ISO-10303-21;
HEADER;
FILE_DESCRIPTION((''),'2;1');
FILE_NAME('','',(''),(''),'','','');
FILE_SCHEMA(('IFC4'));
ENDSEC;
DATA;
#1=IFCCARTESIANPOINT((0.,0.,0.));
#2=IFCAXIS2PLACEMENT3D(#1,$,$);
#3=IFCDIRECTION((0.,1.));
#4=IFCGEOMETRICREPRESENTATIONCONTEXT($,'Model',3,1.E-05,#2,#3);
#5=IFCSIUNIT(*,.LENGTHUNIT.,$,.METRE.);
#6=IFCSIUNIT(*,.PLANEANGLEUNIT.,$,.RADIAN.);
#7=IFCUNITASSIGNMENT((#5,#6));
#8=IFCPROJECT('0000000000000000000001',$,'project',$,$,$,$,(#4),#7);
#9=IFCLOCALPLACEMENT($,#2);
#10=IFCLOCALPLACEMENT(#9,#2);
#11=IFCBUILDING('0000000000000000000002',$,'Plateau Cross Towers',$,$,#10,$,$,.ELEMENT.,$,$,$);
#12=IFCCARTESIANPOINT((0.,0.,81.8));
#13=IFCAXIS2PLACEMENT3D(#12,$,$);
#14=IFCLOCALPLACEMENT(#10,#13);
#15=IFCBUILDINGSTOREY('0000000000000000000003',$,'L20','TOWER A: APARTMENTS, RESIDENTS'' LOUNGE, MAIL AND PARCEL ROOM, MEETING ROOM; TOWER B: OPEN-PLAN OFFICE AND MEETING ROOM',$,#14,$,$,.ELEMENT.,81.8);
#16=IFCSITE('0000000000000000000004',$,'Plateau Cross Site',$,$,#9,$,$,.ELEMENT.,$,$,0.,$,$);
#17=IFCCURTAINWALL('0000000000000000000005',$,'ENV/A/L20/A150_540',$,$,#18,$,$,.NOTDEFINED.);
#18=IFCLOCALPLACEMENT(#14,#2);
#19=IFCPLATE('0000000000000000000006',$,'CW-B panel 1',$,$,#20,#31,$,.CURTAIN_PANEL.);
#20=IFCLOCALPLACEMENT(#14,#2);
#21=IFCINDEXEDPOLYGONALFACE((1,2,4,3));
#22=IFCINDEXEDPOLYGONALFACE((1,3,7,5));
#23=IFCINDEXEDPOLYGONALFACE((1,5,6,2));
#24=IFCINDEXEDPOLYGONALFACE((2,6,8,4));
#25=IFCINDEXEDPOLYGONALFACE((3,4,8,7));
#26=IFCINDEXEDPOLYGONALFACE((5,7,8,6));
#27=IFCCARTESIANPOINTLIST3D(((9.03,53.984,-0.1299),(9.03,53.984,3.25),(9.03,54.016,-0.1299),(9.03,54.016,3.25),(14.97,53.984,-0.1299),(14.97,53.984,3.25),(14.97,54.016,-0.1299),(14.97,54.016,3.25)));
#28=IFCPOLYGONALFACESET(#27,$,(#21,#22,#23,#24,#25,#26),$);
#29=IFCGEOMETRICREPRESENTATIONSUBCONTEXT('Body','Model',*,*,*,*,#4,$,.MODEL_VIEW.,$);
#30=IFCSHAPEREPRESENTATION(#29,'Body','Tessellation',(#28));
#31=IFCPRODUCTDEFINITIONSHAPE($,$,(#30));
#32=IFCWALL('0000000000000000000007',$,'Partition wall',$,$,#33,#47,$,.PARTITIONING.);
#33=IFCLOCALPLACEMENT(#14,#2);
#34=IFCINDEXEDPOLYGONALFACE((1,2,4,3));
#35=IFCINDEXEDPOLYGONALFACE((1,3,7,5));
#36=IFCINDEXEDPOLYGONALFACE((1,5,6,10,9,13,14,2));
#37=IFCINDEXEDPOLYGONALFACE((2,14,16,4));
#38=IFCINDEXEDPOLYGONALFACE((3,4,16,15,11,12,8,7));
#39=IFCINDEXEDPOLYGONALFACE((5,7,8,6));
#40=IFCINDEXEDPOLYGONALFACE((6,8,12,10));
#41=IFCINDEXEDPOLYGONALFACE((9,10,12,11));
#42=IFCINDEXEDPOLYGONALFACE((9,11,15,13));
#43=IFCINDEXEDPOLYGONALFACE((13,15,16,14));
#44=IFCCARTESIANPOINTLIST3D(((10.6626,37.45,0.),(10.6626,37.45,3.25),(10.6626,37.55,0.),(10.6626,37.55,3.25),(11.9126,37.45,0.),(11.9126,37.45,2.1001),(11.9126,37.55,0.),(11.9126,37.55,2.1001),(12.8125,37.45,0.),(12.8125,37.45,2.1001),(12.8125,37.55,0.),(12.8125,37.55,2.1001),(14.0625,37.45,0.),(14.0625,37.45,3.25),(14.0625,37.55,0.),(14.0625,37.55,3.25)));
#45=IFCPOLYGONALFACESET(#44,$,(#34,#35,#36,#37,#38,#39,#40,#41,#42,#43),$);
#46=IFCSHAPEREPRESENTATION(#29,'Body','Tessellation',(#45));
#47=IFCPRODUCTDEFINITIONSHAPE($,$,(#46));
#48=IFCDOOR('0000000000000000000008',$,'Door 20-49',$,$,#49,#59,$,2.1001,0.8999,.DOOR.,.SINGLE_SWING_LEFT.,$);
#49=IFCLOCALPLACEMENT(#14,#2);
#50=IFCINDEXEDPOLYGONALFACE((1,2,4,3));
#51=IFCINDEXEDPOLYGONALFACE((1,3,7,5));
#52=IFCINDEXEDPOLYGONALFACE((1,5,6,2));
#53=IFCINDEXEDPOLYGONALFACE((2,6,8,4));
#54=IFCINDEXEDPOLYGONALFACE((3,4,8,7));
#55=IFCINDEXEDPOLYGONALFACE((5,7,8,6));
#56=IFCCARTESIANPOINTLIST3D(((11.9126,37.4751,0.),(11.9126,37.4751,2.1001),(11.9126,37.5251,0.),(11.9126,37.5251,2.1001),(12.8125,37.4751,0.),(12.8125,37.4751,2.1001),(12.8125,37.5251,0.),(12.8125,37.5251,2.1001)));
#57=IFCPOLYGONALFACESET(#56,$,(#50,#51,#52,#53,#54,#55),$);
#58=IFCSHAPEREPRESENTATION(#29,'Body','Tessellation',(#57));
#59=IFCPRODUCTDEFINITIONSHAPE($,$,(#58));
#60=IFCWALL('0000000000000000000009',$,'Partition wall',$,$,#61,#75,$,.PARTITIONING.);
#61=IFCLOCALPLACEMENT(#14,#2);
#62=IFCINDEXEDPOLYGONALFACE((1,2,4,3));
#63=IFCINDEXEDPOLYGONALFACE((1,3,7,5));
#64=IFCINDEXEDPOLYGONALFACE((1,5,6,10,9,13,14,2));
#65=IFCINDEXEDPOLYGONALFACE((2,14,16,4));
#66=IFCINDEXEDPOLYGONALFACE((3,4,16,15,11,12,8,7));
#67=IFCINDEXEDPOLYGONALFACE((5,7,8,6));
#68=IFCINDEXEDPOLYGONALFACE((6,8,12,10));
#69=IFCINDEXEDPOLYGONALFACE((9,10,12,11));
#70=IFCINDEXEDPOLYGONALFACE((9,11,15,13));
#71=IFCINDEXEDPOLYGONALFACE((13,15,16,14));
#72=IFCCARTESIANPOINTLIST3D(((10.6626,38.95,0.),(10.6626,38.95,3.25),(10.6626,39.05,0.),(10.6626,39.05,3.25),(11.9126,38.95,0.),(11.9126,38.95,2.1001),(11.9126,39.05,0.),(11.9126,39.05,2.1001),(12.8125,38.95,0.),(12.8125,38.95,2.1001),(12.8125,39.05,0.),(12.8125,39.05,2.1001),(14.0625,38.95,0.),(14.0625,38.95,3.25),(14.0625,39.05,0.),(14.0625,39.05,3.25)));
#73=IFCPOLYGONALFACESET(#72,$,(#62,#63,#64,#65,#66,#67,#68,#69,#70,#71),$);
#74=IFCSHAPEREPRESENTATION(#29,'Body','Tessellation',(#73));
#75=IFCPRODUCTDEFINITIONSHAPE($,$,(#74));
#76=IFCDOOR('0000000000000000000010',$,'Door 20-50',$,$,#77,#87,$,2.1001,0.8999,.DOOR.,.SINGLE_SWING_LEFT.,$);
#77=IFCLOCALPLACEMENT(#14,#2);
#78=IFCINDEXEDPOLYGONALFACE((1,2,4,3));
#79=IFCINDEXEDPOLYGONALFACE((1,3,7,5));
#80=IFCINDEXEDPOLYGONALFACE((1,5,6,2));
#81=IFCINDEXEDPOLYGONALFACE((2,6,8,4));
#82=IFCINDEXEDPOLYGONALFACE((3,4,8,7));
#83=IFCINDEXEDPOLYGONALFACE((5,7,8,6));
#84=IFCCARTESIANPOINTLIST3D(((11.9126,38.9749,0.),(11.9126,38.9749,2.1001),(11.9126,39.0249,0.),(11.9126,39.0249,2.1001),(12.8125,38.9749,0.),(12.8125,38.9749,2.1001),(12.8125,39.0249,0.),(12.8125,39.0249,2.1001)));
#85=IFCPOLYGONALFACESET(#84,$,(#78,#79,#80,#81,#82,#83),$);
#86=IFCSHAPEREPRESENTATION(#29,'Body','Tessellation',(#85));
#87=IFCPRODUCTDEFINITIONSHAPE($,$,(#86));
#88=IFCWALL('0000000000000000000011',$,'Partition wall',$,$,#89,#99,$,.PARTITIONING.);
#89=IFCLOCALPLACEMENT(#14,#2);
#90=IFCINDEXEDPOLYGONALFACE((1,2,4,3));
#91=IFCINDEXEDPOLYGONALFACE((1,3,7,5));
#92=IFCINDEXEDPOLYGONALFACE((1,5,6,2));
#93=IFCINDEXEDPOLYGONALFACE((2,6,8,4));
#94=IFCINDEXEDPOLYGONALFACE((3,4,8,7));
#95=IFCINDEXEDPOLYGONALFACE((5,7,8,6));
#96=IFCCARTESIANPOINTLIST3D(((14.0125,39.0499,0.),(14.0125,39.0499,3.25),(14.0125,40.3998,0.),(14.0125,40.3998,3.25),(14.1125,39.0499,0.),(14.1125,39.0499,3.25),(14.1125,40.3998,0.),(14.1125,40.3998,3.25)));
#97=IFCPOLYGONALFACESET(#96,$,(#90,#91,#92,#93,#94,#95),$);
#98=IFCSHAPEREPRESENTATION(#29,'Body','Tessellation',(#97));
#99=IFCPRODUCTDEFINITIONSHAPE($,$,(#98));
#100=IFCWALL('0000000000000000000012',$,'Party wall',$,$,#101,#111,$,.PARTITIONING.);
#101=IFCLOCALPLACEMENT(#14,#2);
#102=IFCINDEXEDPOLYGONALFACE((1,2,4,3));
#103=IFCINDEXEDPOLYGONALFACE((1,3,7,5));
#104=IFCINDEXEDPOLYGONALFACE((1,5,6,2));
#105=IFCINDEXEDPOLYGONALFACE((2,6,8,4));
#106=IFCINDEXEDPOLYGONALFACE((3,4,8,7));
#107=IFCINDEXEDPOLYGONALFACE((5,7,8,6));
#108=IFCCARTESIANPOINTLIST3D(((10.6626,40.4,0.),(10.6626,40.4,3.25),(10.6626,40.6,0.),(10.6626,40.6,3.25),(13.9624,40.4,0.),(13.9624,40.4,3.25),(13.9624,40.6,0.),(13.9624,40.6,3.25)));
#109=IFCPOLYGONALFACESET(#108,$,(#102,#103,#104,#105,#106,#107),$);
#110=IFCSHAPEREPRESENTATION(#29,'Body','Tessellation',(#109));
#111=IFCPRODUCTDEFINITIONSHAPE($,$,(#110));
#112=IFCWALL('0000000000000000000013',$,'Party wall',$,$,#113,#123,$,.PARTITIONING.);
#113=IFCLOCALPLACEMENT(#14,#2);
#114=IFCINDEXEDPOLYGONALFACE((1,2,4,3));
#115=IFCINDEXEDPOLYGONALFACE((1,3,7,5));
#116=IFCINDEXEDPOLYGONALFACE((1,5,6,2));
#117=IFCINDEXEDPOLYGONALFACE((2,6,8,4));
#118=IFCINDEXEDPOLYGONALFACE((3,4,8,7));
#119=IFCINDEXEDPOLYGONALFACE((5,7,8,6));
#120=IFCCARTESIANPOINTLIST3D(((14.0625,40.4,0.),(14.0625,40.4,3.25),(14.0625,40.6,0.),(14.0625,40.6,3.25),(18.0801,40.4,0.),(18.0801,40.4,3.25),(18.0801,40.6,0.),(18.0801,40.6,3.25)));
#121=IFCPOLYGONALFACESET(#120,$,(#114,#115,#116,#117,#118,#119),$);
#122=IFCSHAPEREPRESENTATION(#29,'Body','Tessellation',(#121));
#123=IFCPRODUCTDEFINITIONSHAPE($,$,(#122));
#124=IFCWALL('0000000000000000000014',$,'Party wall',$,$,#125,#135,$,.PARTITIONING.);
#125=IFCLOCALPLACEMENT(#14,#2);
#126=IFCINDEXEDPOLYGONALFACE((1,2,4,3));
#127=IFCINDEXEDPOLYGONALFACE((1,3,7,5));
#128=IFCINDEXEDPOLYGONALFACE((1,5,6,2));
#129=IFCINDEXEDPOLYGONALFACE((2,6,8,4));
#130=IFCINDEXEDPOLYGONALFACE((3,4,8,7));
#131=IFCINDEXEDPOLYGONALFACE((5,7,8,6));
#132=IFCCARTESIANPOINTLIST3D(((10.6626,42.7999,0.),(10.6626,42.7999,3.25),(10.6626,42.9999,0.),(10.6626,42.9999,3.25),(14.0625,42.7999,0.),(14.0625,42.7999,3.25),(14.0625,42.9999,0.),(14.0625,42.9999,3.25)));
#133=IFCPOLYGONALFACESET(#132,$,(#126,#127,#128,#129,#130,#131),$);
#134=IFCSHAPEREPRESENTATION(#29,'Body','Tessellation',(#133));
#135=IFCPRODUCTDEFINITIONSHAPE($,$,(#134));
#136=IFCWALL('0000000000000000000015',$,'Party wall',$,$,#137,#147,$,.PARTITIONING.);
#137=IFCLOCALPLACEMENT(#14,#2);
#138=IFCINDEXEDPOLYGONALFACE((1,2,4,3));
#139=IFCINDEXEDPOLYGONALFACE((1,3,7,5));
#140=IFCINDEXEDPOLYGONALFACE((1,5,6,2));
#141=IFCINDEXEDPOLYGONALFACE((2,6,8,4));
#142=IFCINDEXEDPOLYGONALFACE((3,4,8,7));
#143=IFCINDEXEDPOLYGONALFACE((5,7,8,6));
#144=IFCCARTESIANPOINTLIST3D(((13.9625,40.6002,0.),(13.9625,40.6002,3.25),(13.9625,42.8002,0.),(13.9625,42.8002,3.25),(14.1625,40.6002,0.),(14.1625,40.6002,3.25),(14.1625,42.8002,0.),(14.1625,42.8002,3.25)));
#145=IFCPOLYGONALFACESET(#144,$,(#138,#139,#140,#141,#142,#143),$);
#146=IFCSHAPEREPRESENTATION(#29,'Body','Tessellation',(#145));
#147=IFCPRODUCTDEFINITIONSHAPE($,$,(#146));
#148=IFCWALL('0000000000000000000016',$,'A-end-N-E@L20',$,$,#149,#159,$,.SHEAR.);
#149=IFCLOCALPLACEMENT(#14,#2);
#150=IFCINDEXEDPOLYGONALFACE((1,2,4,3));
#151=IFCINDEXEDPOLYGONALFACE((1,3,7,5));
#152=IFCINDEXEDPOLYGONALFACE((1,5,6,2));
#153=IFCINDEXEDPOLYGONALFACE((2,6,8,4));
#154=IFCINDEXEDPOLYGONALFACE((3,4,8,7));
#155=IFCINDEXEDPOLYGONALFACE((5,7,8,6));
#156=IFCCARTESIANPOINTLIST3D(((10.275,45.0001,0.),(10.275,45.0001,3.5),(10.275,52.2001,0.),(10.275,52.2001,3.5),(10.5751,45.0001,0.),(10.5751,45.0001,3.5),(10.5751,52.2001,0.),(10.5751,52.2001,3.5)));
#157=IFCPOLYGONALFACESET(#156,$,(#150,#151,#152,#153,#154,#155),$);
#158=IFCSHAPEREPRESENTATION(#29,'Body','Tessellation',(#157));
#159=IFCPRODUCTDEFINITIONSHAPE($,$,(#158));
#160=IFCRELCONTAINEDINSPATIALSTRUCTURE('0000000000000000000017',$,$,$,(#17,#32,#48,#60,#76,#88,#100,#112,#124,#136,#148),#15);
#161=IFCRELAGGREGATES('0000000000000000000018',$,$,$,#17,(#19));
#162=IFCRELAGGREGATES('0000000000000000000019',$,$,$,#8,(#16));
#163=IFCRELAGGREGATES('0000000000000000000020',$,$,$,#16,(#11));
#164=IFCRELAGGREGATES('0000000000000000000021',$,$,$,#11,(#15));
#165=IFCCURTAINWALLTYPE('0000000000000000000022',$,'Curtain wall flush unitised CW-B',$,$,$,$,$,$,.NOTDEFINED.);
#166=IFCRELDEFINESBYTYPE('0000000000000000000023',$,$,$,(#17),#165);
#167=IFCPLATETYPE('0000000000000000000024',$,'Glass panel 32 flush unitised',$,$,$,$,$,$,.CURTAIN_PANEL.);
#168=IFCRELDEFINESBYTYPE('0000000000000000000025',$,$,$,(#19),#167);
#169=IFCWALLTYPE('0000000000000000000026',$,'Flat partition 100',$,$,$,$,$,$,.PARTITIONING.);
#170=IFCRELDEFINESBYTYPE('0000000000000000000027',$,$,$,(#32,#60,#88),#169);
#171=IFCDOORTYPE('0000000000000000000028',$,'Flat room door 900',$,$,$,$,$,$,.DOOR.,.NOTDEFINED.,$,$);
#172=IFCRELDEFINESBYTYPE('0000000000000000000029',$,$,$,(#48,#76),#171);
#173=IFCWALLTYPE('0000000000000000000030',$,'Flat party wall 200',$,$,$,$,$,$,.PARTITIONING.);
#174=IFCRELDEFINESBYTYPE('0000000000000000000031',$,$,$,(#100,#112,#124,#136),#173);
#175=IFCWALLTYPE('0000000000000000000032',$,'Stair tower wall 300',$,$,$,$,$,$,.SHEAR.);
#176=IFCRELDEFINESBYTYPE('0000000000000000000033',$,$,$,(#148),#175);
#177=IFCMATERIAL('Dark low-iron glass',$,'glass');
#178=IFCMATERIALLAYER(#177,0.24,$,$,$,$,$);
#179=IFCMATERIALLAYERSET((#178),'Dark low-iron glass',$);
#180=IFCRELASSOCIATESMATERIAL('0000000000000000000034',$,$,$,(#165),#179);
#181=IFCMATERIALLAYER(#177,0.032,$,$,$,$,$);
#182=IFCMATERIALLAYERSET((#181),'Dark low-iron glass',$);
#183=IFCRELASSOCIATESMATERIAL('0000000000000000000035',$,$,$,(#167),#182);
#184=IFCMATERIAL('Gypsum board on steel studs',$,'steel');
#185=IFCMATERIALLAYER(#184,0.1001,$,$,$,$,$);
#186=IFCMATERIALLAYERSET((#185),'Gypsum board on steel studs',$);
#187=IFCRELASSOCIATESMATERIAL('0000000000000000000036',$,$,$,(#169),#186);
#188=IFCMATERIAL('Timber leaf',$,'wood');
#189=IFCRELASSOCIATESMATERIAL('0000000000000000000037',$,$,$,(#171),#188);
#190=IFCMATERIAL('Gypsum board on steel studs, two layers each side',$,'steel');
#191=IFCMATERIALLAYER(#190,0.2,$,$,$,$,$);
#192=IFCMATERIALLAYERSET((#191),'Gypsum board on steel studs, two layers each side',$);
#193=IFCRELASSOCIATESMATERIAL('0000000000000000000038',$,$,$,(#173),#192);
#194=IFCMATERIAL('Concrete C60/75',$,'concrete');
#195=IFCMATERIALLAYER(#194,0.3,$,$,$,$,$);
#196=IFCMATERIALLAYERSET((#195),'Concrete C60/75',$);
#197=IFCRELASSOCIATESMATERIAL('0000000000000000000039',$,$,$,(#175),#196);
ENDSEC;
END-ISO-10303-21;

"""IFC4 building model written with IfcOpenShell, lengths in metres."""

from ifc_helpers import new_model, si_unit, direction, frame, frame_2d, origin, origin_2d, place, context, subcontext, project, spatial, rectangle, extrude, material, layer, layer_set, type_object, element, fill, aggregate, save


model = new_model("IFC4")

# Units and contexts
model_context = context("Model", 3, precision=1e-05, world=origin(), true_north=direction((0.0, 1.0)))
body_context = subcontext(model_context, "Body", "Model", "MODEL_VIEW")
ifc_project = project(units=[si_unit("LENGTHUNIT", "METRE"), si_unit("PLANEANGLEUNIT", "RADIAN")], contexts=[model_context])

# Site, building, storey
site_placement = place(None, origin())
site = spatial("IfcSite", under=ifc_project, at=site_placement, Name="Plateau Cross Site", CompositionType="ELEMENT", RefElevation=0.0)
building_placement = place(site_placement, origin())
building = spatial("IfcBuilding", under=site, at=building_placement, Name="Plateau Cross Towers", CompositionType="ELEMENT")
storey_placement = place(building_placement, frame((0.0, 0.0, 81.8)))
storey = spatial("IfcBuildingStorey", under=building, at=storey_placement, Name="L20", Description="TOWER A: APARTMENTS, RESIDENTS' LOUNGE, MAIL AND PARCEL ROOM, MEETING ROOM; TOWER B: OPEN-PLAN OFFICE AND MEETING ROOM", CompositionType="ELEMENT", Elevation=81.8)

# Shared definitions
ifc_material_1 = material(Name="Concrete C60/75", Category="concrete")

# Shared definitions
ifc_material_2 = material(Name="Dark low-iron glass", Category="glass")
ifc_layer_1 = layer(ifc_material_2, 0.24)
ifc_layer_set_1 = layer_set([ifc_layer_1], Name="Dark low-iron glass")
curtain_wall_type = type_object("IfcCurtainWallType", Name="Curtain wall flush unitised CW-B", PredefinedType="NOTDEFINED", material=ifc_layer_set_1)

# Curtain wall
curtain_wall_1_placement = place(storey_placement, origin())
curtain_wall_1 = element("IfcCurtainWall", 1, at=curtain_wall_1_placement, inside=storey, type_object=curtain_wall_type, Name="ENV/A/L20/A150_540", PredefinedType="NOTDEFINED")

# Plate
ifc_layer_2 = layer(ifc_material_2, 0.032)
ifc_layer_set_2 = layer_set([ifc_layer_2], Name="Dark low-iron glass")
plate_type = type_object("IfcPlateType", Name="Glass panel 32 flush unitised", PredefinedType="CURTAIN_PANEL", material=ifc_layer_set_2)
plate_1_placement = place(storey_placement, frame((12.0, 54.0, -0.1299), z_axis=(0.0, 0.0, 1.0), x_axis=(-1.0, 0.0, 0.0)))
plate_1 = element("IfcPlate", 2, at=plate_1_placement, type_object=plate_type, Name="CW-B panel 1", PredefinedType="CURTAIN_PANEL", context=body_context, shape_type="SweptSolid", body=[
    extrude(rectangle(XDim=5.9399, YDim=0.032, at=origin_2d()), origin(), (0.0, 0.0, 1.0), 3.3799),
])
aggregate(curtain_wall_1, [plate_1])

# Walls, openings, doors
ifc_material_3 = material(Name="Gypsum board on steel studs", Category="steel")
ifc_layer_3 = layer(ifc_material_3, 0.1001)
ifc_layer_set_3 = layer_set([ifc_layer_3], Name="Gypsum board on steel studs")
wall_type_1 = type_object("IfcWallType", Name="Flat partition 100", PredefinedType="PARTITIONING", material=ifc_layer_set_3)
wall_1_placement = place(storey_placement, frame((14.0625, 37.5, 0.0), z_axis=(0.0, 0.0, 1.0), x_axis=(-1.0, 0.0, 0.0)))
wall_1 = element("IfcWall", 3, at=wall_1_placement, inside=storey, type_object=wall_type_1, Name="Partition wall", PredefinedType="PARTITIONING", context=body_context, shape_type="SweptSolid", body=[
    extrude(rectangle(XDim=3.3999, YDim=0.1001, at=frame_2d((1.7, 0.0))), origin(), (0.0, 0.0, 1.0), 3.25),
])
opening_1_placement = place(wall_1_placement, frame((1.25, 0.0, 0.0)))
opening_1 = element("IfcOpeningElement", 4, at=opening_1_placement, cuts=wall_1, PredefinedType="OPENING", context=body_context, shape_type="SweptSolid", body=[
    extrude(rectangle(XDim=0.8999, YDim=2.1001, at=frame_2d((0.45, 1.05))), frame((0.0, 0.0601, 0.0), z_axis=(0.0, -1.0, 0.0), x_axis=(1.0, 0.0, 0.0)), (0.0, 0.0, 1.0), 0.1201),
])
ifc_material_4 = material(Name="Timber leaf", Category="wood")
door_type = type_object("IfcDoorType", Name="Flat room door 900", OperationType="NOTDEFINED", PredefinedType="DOOR", material=ifc_material_4)
door_1_placement = place(opening_1_placement, origin())
door_1 = element("IfcDoor", 5, at=door_1_placement, inside=storey, type_object=door_type, Name="Door 20-49", OperationType="SINGLE_SWING_LEFT", OverallHeight=2.1001, OverallWidth=0.8999, PredefinedType="DOOR", context=body_context, shape_type="SweptSolid", body=[
    extrude(rectangle(XDim=0.8999, YDim=2.1001, at=frame_2d((0.45, 1.05))), frame((0.0, 0.0249, 0.0), z_axis=(0.0, -1.0, 0.0), x_axis=(1.0, 0.0, 0.0)), (0.0, 0.0, 1.0), 0.05),
])
fill(opening_1, door_1)
wall_2_placement = place(storey_placement, frame((10.6626, 39.0, 0.0), z_axis=(0.0, 0.0, 1.0), x_axis=(1.0, 0.0, 0.0)))
wall_2 = element("IfcWall", 6, at=wall_2_placement, inside=storey, type_object=wall_type_1, Name="Partition wall", PredefinedType="PARTITIONING", context=body_context, shape_type="SweptSolid", body=[
    extrude(rectangle(XDim=3.3999, YDim=0.1001, at=frame_2d((1.7, 0.0))), origin(), (0.0, 0.0, 1.0), 3.25),
])
opening_2_placement = place(wall_2_placement, frame((1.25, 0.0, 0.0)))
opening_2 = element("IfcOpeningElement", 7, at=opening_2_placement, cuts=wall_2, PredefinedType="OPENING", context=body_context, shape_type="SweptSolid", body=[
    extrude(rectangle(XDim=0.8999, YDim=2.1001, at=frame_2d((0.45, 1.05))), frame((0.0, 0.0601, 0.0), z_axis=(0.0, -1.0, 0.0), x_axis=(1.0, 0.0, 0.0)), (0.0, 0.0, 1.0), 0.1201),
])
door_2_placement = place(opening_2_placement, origin())
door_2 = element("IfcDoor", 8, at=door_2_placement, inside=storey, type_object=door_type, Name="Door 20-50", OperationType="SINGLE_SWING_LEFT", OverallHeight=2.1001, OverallWidth=0.8999, PredefinedType="DOOR", context=body_context, shape_type="SweptSolid", body=[
    extrude(rectangle(XDim=0.8999, YDim=2.1001, at=frame_2d((0.45, 1.05))), frame((0.0, 0.0249, 0.0), z_axis=(0.0, -1.0, 0.0), x_axis=(1.0, 0.0, 0.0)), (0.0, 0.0, 1.0), 0.05),
])
fill(opening_2, door_2)

# Walls
wall_3_placement = place(storey_placement, frame((14.0625, 39.05, 0.0), z_axis=(0.0, 0.0, 1.0), x_axis=(0.0, 1.0, 0.0)))
element("IfcWall", 9, at=wall_3_placement, inside=storey, type_object=wall_type_1, Name="Partition wall", PredefinedType="PARTITIONING", context=body_context, shape_type="SweptSolid", body=[
    extrude(rectangle(XDim=1.3499, YDim=0.1001, at=frame_2d((0.6748, 0.0))), origin(), (0.0, 0.0, 1.0), 3.25),
])
ifc_material_5 = material(Name="Gypsum board on steel studs, two layers each side", Category="steel")
ifc_layer_4 = layer(ifc_material_5, 0.2)
ifc_layer_set_4 = layer_set([ifc_layer_4], Name="Gypsum board on steel studs, two layers each side")
wall_type_2 = type_object("IfcWallType", Name="Flat party wall 200", PredefinedType="PARTITIONING", material=ifc_layer_set_4)
wall_4_placement = place(storey_placement, frame((13.9624, 40.5, 0.0), z_axis=(0.0, 0.0, 1.0), x_axis=(-1.0, 0.0, 0.0)))
element("IfcWall", 10, at=wall_4_placement, inside=storey, type_object=wall_type_2, Name="Party wall", PredefinedType="PARTITIONING", context=body_context, shape_type="SweptSolid", body=[
    extrude(rectangle(XDim=3.2998, YDim=0.2, at=frame_2d((1.6499, 0.0))), origin(), (0.0, 0.0, 1.0), 3.25),
])
wall_5_placement = place(storey_placement, frame((14.0625, 40.5, 0.0), z_axis=(0.0, 0.0, 1.0), x_axis=(1.0, 0.0, 0.0)))
element("IfcWall", 11, at=wall_5_placement, inside=storey, type_object=wall_type_2, Name="Party wall", PredefinedType="PARTITIONING", context=body_context, shape_type="SweptSolid", body=[
    extrude(rectangle(XDim=4.0176, YDim=0.2, at=frame_2d((2.0088, 0.0))), origin(), (0.0, 0.0, 1.0), 3.25),
])
wall_6_placement = place(storey_placement, frame((14.0625, 42.8999, 0.0), z_axis=(0.0, 0.0, 1.0), x_axis=(-1.0, 0.0, 0.0)))
element("IfcWall", 12, at=wall_6_placement, inside=storey, type_object=wall_type_2, Name="Party wall", PredefinedType="PARTITIONING", context=body_context, shape_type="SweptSolid", body=[
    extrude(rectangle(XDim=3.3999, YDim=0.2, at=frame_2d((1.7, 0.0))), origin(), (0.0, 0.0, 1.0), 3.25),
])
wall_7_placement = place(storey_placement, frame((14.0625, 40.6001, 0.0), z_axis=(0.0, 0.0, 1.0), x_axis=(0.0, 1.0, 0.0)))
element("IfcWall", 13, at=wall_7_placement, inside=storey, type_object=wall_type_2, Name="Party wall", PredefinedType="PARTITIONING", context=body_context, shape_type="SweptSolid", body=[
    extrude(rectangle(XDim=2.2, YDim=0.2, at=frame_2d((1.1001, 0.0))), origin(), (0.0, 0.0, 1.0), 3.25),
])
ifc_layer_5 = layer(ifc_material_1, 0.3)
ifc_layer_set_5 = layer_set([ifc_layer_5], Name="Concrete C60/75")
wall_type_3 = type_object("IfcWallType", Name="Stair tower wall 300", PredefinedType="SHEAR", material=ifc_layer_set_5)
wall_8_placement = place(storey_placement, frame((10.425, 45.0, 0.0), z_axis=(0.0, 0.0, 1.0), x_axis=(0.0, 1.0, 0.0)))
element("IfcWall", 14, at=wall_8_placement, inside=storey, type_object=wall_type_3, Name="A-end-N-E@L20", PredefinedType="SHEAR", context=body_context, shape_type="SweptSolid", body=[
    extrude(rectangle(XDim=7.2, YDim=0.3, at=frame_2d((3.6001, 0.0))), origin(), (0.0, 0.0, 1.0), 3.5),
])

save(model, "model.ifc")
